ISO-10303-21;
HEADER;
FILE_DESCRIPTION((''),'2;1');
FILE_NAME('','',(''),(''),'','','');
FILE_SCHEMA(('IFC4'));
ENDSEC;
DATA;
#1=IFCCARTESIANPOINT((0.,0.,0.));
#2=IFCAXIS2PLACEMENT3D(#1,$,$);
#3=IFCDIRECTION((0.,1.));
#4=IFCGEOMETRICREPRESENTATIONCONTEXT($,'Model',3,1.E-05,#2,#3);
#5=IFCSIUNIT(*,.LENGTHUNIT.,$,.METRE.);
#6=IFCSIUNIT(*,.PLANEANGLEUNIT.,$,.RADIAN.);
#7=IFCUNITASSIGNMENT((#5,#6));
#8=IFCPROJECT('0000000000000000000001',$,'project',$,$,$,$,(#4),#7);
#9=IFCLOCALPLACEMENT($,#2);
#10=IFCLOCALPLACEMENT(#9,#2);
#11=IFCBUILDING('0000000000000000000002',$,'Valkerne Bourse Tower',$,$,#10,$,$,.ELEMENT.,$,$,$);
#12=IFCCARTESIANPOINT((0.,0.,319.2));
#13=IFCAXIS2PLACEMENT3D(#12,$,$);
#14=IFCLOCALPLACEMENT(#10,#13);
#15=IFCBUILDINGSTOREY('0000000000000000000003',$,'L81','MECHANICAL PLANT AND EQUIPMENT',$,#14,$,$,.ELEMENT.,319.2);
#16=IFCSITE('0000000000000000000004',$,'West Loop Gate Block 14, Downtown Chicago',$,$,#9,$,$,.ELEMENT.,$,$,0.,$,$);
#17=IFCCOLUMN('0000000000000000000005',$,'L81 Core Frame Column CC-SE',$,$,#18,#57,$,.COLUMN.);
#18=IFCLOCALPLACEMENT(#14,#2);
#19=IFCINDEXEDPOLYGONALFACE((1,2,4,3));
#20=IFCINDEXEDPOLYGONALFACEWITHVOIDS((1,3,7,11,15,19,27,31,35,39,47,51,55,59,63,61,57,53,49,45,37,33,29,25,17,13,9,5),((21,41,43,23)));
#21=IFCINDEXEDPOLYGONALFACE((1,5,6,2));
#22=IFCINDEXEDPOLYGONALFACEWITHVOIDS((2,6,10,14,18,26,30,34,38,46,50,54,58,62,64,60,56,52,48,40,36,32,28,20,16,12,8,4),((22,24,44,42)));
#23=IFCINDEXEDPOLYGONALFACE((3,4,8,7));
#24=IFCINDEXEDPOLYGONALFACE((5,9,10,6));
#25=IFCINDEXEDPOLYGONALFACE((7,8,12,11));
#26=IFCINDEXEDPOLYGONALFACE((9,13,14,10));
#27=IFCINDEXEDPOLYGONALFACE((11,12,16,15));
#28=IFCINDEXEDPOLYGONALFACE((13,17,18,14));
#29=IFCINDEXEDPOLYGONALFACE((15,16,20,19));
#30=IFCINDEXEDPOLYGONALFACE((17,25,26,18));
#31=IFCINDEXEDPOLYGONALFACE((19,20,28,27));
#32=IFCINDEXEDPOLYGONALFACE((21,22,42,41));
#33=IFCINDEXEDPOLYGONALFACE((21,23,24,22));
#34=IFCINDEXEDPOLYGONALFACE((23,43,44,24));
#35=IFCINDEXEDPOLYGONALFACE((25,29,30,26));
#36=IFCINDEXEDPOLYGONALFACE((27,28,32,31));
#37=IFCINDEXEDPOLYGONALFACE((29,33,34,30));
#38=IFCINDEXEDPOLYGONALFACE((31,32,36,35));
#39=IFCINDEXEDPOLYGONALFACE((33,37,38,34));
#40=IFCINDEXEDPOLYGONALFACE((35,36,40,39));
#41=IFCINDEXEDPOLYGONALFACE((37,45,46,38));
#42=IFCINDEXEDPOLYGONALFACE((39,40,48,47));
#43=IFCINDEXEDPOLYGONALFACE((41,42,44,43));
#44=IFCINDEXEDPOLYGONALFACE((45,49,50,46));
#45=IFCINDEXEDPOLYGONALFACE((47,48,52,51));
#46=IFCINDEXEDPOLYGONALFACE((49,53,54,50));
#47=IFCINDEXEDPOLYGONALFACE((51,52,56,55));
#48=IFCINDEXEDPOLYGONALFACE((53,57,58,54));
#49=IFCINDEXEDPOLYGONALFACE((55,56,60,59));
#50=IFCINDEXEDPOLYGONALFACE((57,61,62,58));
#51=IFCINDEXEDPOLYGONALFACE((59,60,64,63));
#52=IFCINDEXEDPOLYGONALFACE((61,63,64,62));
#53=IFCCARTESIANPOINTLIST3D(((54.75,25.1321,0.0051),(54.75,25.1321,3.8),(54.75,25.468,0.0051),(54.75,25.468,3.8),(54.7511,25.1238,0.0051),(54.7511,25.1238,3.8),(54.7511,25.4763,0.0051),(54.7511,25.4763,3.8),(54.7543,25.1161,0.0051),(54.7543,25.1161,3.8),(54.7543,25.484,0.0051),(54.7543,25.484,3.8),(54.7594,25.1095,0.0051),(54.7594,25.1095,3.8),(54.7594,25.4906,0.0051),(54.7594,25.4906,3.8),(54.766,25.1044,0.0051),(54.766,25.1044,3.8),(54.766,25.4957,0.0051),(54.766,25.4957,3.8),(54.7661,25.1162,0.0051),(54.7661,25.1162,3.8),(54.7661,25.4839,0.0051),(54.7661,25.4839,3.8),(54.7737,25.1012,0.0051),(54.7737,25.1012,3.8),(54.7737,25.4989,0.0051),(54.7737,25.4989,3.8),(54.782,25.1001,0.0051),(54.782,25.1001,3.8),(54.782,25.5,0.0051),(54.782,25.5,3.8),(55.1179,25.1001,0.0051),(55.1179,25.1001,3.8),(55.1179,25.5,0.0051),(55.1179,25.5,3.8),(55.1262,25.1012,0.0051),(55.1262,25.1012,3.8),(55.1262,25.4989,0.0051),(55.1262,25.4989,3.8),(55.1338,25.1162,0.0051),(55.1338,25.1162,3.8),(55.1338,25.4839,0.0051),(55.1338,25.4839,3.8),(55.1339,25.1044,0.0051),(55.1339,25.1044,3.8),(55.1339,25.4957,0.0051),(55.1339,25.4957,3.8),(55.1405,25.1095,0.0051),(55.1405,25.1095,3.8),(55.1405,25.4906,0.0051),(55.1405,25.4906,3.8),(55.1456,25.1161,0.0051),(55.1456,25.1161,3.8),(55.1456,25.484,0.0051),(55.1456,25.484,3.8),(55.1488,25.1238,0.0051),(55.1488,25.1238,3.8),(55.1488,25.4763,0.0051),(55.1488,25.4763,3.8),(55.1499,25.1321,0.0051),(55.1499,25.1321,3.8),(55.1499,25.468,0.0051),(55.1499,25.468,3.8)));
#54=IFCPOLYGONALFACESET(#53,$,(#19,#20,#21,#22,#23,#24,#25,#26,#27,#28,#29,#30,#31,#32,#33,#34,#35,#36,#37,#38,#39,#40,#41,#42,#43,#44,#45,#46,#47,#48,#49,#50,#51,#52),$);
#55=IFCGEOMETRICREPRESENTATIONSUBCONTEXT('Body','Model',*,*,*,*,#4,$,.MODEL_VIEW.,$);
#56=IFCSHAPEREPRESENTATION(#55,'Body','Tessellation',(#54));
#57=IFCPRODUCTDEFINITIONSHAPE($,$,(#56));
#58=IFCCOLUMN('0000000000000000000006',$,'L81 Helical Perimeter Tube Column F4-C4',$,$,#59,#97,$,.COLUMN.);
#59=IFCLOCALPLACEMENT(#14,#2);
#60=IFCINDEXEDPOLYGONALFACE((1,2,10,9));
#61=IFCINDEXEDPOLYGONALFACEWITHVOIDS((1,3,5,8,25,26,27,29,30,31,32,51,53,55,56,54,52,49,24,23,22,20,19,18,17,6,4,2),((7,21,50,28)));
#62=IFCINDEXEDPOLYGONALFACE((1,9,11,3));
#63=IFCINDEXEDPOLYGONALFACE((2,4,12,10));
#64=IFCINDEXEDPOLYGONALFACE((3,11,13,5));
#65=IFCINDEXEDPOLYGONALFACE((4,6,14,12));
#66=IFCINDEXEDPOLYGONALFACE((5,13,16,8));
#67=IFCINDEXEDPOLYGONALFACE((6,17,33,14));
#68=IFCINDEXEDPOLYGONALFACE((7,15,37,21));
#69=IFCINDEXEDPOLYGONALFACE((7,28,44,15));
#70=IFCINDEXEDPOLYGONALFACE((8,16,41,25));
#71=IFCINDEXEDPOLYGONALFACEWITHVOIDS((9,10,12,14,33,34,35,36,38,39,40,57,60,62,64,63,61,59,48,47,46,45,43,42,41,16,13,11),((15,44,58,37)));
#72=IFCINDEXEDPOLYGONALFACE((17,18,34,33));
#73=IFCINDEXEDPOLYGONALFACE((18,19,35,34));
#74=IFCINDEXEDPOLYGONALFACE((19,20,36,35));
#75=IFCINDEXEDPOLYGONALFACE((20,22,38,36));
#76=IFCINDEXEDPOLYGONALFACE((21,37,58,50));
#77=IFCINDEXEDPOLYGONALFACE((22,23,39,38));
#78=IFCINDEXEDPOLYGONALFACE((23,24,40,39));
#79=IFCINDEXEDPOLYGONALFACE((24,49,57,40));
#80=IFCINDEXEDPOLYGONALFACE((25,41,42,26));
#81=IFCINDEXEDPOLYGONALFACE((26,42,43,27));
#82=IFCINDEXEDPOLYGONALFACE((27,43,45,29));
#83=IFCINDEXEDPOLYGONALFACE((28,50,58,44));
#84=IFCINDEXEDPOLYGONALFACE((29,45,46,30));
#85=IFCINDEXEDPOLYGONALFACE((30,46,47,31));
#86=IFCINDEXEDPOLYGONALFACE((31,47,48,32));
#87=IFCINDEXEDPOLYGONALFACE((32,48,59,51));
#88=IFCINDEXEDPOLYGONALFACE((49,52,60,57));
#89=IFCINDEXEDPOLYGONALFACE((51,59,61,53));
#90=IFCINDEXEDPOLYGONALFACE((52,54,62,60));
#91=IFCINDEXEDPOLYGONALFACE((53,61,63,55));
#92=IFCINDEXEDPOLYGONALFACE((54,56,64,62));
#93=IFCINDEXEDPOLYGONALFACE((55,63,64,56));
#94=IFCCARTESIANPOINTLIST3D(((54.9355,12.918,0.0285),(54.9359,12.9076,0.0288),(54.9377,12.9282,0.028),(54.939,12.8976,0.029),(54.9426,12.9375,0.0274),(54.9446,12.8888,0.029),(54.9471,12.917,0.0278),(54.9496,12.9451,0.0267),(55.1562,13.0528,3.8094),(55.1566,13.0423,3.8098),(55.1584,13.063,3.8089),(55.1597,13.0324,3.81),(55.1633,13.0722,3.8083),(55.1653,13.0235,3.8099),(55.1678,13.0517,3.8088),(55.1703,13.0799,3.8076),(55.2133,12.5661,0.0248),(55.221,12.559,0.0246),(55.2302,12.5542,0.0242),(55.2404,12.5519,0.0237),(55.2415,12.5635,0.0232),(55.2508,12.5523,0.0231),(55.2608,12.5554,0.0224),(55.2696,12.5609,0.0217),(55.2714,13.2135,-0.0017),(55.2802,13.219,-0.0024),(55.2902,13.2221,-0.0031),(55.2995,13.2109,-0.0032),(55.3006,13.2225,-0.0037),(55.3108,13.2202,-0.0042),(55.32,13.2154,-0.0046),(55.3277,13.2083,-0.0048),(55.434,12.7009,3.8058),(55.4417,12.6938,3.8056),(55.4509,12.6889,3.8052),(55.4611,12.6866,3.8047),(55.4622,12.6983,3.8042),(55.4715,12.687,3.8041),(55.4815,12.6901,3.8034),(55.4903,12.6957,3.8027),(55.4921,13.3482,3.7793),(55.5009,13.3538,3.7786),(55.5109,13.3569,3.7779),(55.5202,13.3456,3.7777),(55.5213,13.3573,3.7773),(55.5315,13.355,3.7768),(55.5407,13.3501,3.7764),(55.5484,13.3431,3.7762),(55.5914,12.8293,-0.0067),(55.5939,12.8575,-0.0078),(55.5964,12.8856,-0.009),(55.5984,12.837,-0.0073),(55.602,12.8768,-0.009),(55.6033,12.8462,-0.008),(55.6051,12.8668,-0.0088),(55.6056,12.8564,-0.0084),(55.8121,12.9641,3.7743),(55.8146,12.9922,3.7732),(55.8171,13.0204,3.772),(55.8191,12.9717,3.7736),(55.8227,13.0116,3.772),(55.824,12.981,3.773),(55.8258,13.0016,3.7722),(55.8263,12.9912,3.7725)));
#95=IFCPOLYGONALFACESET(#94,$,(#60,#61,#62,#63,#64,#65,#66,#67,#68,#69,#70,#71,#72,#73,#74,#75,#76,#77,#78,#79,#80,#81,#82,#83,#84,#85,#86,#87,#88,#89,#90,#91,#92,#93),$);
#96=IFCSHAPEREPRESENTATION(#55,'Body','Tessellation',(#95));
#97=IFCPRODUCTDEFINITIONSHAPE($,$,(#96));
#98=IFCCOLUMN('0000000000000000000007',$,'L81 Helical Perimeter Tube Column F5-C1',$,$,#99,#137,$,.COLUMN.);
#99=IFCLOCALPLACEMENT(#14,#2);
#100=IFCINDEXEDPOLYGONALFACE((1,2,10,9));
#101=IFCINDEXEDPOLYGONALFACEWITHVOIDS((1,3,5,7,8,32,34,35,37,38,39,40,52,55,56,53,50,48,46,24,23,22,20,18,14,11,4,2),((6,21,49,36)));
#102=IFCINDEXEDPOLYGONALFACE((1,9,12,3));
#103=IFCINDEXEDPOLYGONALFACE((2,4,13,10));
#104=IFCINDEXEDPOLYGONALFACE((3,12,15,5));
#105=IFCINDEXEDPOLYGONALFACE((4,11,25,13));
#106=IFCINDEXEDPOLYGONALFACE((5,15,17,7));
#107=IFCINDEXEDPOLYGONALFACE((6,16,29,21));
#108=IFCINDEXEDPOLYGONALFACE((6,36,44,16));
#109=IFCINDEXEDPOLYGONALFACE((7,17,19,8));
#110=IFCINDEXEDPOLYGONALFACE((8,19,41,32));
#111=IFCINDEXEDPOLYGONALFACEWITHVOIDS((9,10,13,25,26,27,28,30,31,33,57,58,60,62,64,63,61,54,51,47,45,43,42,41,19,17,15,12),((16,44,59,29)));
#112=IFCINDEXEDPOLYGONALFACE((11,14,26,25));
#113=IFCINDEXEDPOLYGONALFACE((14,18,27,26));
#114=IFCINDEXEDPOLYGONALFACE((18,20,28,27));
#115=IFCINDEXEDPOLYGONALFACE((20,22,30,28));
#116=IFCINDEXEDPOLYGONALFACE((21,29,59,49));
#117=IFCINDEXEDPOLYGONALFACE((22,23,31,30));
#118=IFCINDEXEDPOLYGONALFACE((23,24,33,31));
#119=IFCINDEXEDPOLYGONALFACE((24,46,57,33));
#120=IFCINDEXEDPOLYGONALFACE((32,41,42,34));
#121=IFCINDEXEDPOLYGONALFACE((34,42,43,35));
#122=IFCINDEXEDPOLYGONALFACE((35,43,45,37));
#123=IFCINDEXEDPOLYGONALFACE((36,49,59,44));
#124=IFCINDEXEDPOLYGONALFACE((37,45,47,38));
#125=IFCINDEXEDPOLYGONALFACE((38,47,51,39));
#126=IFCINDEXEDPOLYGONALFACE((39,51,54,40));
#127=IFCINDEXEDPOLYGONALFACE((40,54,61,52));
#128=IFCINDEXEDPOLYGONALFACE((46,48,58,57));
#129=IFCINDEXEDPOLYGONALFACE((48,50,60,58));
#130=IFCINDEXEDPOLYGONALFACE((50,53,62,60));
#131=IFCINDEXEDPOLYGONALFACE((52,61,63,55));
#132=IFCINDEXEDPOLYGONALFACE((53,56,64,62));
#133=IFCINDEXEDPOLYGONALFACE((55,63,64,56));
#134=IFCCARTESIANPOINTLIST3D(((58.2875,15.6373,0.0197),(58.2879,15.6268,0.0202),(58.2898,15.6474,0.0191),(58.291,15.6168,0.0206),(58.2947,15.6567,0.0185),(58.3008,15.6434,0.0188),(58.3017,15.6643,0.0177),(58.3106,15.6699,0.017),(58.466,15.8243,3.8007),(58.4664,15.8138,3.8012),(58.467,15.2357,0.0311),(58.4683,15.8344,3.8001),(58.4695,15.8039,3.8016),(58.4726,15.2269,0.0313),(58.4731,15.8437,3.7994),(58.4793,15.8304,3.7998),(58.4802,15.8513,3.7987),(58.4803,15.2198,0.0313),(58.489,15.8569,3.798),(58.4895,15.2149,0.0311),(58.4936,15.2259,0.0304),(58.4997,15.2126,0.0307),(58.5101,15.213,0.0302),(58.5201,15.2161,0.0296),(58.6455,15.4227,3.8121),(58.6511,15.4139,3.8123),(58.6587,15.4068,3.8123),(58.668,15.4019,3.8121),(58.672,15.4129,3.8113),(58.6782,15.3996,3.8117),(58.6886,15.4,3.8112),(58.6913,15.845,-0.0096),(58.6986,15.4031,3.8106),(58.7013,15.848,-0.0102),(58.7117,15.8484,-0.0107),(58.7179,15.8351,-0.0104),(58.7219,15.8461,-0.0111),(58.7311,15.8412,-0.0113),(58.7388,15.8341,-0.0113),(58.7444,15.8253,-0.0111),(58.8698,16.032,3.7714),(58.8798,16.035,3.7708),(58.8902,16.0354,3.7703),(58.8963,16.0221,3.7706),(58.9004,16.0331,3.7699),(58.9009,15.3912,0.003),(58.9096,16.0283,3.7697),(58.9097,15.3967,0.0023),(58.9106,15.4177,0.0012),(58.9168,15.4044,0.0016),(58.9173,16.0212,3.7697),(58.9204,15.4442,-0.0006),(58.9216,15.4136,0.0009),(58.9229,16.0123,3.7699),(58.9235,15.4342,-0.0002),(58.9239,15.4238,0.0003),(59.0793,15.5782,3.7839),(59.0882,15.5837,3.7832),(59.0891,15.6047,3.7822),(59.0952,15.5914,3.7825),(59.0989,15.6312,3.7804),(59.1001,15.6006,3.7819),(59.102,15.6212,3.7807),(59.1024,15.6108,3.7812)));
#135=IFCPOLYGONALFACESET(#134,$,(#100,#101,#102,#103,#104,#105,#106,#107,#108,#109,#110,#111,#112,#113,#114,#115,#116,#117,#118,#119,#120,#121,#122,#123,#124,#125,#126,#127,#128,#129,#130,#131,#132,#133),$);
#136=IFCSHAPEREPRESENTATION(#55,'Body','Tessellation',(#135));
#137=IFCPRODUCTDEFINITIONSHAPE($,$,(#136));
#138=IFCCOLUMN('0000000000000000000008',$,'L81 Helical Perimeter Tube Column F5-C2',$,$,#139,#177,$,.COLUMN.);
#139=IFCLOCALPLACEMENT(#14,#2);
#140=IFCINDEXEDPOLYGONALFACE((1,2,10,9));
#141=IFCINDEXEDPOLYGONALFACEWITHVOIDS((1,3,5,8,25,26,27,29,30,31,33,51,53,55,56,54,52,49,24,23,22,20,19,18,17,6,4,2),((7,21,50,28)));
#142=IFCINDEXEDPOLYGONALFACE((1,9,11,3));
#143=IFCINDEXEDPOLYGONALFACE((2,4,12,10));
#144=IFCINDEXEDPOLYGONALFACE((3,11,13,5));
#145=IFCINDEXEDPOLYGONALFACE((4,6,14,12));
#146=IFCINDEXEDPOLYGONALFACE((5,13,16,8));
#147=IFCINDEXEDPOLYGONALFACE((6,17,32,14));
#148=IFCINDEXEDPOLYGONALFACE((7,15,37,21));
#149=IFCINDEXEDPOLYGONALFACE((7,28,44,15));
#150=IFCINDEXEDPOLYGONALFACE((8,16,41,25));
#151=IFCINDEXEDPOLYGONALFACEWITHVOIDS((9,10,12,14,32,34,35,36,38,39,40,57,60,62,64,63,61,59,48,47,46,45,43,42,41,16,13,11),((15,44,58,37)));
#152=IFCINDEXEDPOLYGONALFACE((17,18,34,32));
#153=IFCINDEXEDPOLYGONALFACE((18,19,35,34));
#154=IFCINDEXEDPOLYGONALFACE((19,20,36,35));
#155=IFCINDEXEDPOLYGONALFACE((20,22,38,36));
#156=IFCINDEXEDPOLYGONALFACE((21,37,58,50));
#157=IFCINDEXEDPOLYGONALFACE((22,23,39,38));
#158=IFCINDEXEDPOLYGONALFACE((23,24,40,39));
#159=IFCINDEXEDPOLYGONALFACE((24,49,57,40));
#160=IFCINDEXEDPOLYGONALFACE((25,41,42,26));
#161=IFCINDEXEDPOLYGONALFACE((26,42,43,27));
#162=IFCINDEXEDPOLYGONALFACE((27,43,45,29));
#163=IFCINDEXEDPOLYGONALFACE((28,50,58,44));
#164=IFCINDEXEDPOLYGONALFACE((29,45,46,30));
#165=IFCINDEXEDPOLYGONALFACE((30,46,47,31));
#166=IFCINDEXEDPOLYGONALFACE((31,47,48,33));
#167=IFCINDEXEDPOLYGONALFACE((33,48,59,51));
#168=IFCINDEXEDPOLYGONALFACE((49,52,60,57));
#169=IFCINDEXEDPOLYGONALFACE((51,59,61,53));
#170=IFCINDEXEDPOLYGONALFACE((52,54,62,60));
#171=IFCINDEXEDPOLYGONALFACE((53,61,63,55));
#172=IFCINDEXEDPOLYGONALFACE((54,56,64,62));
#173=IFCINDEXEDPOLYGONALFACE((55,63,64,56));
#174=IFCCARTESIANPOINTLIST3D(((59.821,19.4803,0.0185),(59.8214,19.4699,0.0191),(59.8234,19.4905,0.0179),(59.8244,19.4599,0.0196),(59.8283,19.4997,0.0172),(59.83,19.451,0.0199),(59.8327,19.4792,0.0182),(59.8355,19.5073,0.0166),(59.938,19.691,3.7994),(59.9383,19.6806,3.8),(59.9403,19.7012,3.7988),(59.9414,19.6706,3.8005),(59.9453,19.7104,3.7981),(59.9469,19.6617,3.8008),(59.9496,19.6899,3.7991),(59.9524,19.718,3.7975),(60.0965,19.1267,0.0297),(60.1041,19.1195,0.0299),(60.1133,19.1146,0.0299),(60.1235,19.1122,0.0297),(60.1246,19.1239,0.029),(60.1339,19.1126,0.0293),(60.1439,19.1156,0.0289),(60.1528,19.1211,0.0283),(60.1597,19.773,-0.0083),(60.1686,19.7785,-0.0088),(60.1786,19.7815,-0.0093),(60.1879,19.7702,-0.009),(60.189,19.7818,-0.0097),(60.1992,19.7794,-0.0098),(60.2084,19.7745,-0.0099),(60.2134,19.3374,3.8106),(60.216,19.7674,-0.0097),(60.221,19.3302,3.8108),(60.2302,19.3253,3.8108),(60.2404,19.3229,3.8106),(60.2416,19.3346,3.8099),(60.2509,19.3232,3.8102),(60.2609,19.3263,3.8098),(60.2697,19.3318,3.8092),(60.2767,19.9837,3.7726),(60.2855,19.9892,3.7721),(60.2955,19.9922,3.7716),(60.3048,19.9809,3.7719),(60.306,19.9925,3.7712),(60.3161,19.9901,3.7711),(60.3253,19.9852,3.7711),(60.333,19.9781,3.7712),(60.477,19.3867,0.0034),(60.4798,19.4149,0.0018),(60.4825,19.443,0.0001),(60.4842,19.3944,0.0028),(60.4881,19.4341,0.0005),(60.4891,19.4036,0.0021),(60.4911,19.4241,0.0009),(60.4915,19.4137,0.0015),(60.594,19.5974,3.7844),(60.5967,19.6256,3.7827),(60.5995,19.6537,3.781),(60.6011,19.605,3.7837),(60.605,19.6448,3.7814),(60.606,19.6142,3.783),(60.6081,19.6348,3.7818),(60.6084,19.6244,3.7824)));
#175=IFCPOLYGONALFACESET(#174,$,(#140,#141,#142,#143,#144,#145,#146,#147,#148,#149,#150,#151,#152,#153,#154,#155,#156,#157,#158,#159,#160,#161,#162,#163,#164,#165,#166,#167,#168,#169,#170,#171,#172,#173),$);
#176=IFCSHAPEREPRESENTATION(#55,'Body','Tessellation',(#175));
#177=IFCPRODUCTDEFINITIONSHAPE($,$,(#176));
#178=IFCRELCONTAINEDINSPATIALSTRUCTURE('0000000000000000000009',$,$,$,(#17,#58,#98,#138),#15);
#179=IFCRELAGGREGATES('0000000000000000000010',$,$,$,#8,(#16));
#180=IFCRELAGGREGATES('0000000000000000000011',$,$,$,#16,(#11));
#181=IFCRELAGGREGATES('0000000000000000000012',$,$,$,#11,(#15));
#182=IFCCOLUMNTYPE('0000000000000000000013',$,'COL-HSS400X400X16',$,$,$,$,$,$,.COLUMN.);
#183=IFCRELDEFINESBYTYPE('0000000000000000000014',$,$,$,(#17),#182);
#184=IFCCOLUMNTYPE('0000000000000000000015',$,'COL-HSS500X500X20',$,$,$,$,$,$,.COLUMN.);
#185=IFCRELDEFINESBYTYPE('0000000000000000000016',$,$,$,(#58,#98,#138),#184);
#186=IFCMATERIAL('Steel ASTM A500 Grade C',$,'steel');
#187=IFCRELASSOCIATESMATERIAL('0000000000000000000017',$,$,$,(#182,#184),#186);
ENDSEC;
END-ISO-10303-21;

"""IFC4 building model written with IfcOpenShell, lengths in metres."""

from ifc_helpers import new_model, si_unit, direction, frame, origin, origin_2d, place, context, subcontext, project, spatial, hollow_rectangle, extrude, material, material_profile, profile_set, type_object, element, save


model = new_model("IFC4")

# Units and contexts
model_context = context("Model", 3, precision=1e-05, world=origin(), true_north=direction((0.0, 1.0)))
body_context = subcontext(model_context, "Body", "Model", "MODEL_VIEW")
ifc_project = project(units=[si_unit("LENGTHUNIT", "METRE"), si_unit("PLANEANGLEUNIT", "RADIAN")], contexts=[model_context])

# Site, building, storey
site_placement = place(None, origin())
site = spatial("IfcSite", under=ifc_project, at=site_placement, Name="West Loop Gate Block 14, Downtown Chicago", CompositionType="ELEMENT", RefElevation=0.0)
building_placement = place(site_placement, origin())
building = spatial("IfcBuilding", under=site, at=building_placement, Name="Valkerne Bourse Tower", CompositionType="ELEMENT")
storey_placement = place(building_placement, frame((0.0, 0.0, 319.2)))
storey = spatial("IfcBuildingStorey", under=building, at=storey_placement, Name="L81", Description="MECHANICAL PLANT AND EQUIPMENT", CompositionType="ELEMENT", Elevation=319.2)

# Columns
ifc_material_1 = material(Name="Steel ASTM A500 Grade C", Category="steel")
ifc_material_profile_1 = material_profile(ifc_material_1, hollow_rectangle(XDim=0.3999, YDim=0.3999, WallThickness=0.0161, OuterFilletRadius=0.032, at=origin_2d()), Name="HSS400X400X16")
ifc_profile_set_1 = profile_set([ifc_material_profile_1], Name="Steel ASTM A500 Grade C")
column_type_1 = type_object("IfcColumnType", Name="COL-HSS400X400X16", PredefinedType="COLUMN", material=ifc_profile_set_1)
column_placement = place(storey_placement, frame((54.95, 25.3, 0.0051), z_axis=(0.0, 0.0, 1.0), x_axis=(1.0, 0.0, 0.0)))
element("IfcColumn", 1, at=column_placement, inside=storey, type_object=column_type_1, Name="L81 Core Frame Column CC-SE", PredefinedType="COLUMN", context=body_context, shape_type="SweptSolid", body=[
    extrude(hollow_rectangle(XDim=0.3999, YDim=0.3999, WallThickness=0.0161, OuterFilletRadius=0.032, at=origin_2d()), origin(), (0.0, 0.0, 1.0), 3.7949),
])
ifc_material_profile_2 = material_profile(ifc_material_1, hollow_rectangle(XDim=0.5, YDim=0.5, WallThickness=0.02, OuterFilletRadius=0.04, at=origin_2d()), Name="HSS500X500X20")
ifc_profile_set_2 = profile_set([ifc_material_profile_2], Name="Steel ASTM A500 Grade C")
column_type_2 = type_object("IfcColumnType", Name="COL-HSS500X500X20", PredefinedType="COLUMN", material=ifc_profile_set_2)
for number, where, z_axis, x_axis, name in (
    (2, (55.2705, 12.8872, 0.01), (0.058235, 0.03556, 0.997669), (-0.63994, 0.76836, 0.009968), "L81 Helical Perimeter Tube Column F4-C4"),
    (3, (58.6057, 15.5305, 0.01), (0.047091, 0.049346, 0.997671), (-0.906726, -0.416924, 0.06342), "L81 Helical Perimeter Tube Column F5-C1"),
):
    element("IfcColumn", number, at=place(storey_placement, frame(where, z_axis=z_axis, x_axis=x_axis)), inside=storey, type_object=column_type_2, Name=name, PredefinedType="COLUMN", context=body_context, shape_type="SweptSolid", body=[
        extrude(hollow_rectangle(XDim=0.5, YDim=0.5, WallThickness=0.02, OuterFilletRadius=0.04, at=origin_2d()), origin(), (0.0, 0.0, 1.0), 3.7898),
    ])
for number, where, z_axis, x_axis, name in (
    (4, (60.1562, 19.447, 0.01), (0.030867, 0.055611, 0.997975), (-0.772175, -0.632652, 0.059137), "L81 Helical Perimeter Tube Column F5-C2"),
):
    element("IfcColumn", number, at=place(storey_placement, frame(where, z_axis=z_axis, x_axis=x_axis)), inside=storey, type_object=column_type_2, Name=name, PredefinedType="COLUMN", context=body_context, shape_type="SweptSolid", body=[
        extrude(hollow_rectangle(XDim=0.5, YDim=0.5, WallThickness=0.02, OuterFilletRadius=0.04, at=origin_2d()), origin(), (0.0, 0.0, 1.0), 3.7886),
    ])

save(model, "model.ifc")
